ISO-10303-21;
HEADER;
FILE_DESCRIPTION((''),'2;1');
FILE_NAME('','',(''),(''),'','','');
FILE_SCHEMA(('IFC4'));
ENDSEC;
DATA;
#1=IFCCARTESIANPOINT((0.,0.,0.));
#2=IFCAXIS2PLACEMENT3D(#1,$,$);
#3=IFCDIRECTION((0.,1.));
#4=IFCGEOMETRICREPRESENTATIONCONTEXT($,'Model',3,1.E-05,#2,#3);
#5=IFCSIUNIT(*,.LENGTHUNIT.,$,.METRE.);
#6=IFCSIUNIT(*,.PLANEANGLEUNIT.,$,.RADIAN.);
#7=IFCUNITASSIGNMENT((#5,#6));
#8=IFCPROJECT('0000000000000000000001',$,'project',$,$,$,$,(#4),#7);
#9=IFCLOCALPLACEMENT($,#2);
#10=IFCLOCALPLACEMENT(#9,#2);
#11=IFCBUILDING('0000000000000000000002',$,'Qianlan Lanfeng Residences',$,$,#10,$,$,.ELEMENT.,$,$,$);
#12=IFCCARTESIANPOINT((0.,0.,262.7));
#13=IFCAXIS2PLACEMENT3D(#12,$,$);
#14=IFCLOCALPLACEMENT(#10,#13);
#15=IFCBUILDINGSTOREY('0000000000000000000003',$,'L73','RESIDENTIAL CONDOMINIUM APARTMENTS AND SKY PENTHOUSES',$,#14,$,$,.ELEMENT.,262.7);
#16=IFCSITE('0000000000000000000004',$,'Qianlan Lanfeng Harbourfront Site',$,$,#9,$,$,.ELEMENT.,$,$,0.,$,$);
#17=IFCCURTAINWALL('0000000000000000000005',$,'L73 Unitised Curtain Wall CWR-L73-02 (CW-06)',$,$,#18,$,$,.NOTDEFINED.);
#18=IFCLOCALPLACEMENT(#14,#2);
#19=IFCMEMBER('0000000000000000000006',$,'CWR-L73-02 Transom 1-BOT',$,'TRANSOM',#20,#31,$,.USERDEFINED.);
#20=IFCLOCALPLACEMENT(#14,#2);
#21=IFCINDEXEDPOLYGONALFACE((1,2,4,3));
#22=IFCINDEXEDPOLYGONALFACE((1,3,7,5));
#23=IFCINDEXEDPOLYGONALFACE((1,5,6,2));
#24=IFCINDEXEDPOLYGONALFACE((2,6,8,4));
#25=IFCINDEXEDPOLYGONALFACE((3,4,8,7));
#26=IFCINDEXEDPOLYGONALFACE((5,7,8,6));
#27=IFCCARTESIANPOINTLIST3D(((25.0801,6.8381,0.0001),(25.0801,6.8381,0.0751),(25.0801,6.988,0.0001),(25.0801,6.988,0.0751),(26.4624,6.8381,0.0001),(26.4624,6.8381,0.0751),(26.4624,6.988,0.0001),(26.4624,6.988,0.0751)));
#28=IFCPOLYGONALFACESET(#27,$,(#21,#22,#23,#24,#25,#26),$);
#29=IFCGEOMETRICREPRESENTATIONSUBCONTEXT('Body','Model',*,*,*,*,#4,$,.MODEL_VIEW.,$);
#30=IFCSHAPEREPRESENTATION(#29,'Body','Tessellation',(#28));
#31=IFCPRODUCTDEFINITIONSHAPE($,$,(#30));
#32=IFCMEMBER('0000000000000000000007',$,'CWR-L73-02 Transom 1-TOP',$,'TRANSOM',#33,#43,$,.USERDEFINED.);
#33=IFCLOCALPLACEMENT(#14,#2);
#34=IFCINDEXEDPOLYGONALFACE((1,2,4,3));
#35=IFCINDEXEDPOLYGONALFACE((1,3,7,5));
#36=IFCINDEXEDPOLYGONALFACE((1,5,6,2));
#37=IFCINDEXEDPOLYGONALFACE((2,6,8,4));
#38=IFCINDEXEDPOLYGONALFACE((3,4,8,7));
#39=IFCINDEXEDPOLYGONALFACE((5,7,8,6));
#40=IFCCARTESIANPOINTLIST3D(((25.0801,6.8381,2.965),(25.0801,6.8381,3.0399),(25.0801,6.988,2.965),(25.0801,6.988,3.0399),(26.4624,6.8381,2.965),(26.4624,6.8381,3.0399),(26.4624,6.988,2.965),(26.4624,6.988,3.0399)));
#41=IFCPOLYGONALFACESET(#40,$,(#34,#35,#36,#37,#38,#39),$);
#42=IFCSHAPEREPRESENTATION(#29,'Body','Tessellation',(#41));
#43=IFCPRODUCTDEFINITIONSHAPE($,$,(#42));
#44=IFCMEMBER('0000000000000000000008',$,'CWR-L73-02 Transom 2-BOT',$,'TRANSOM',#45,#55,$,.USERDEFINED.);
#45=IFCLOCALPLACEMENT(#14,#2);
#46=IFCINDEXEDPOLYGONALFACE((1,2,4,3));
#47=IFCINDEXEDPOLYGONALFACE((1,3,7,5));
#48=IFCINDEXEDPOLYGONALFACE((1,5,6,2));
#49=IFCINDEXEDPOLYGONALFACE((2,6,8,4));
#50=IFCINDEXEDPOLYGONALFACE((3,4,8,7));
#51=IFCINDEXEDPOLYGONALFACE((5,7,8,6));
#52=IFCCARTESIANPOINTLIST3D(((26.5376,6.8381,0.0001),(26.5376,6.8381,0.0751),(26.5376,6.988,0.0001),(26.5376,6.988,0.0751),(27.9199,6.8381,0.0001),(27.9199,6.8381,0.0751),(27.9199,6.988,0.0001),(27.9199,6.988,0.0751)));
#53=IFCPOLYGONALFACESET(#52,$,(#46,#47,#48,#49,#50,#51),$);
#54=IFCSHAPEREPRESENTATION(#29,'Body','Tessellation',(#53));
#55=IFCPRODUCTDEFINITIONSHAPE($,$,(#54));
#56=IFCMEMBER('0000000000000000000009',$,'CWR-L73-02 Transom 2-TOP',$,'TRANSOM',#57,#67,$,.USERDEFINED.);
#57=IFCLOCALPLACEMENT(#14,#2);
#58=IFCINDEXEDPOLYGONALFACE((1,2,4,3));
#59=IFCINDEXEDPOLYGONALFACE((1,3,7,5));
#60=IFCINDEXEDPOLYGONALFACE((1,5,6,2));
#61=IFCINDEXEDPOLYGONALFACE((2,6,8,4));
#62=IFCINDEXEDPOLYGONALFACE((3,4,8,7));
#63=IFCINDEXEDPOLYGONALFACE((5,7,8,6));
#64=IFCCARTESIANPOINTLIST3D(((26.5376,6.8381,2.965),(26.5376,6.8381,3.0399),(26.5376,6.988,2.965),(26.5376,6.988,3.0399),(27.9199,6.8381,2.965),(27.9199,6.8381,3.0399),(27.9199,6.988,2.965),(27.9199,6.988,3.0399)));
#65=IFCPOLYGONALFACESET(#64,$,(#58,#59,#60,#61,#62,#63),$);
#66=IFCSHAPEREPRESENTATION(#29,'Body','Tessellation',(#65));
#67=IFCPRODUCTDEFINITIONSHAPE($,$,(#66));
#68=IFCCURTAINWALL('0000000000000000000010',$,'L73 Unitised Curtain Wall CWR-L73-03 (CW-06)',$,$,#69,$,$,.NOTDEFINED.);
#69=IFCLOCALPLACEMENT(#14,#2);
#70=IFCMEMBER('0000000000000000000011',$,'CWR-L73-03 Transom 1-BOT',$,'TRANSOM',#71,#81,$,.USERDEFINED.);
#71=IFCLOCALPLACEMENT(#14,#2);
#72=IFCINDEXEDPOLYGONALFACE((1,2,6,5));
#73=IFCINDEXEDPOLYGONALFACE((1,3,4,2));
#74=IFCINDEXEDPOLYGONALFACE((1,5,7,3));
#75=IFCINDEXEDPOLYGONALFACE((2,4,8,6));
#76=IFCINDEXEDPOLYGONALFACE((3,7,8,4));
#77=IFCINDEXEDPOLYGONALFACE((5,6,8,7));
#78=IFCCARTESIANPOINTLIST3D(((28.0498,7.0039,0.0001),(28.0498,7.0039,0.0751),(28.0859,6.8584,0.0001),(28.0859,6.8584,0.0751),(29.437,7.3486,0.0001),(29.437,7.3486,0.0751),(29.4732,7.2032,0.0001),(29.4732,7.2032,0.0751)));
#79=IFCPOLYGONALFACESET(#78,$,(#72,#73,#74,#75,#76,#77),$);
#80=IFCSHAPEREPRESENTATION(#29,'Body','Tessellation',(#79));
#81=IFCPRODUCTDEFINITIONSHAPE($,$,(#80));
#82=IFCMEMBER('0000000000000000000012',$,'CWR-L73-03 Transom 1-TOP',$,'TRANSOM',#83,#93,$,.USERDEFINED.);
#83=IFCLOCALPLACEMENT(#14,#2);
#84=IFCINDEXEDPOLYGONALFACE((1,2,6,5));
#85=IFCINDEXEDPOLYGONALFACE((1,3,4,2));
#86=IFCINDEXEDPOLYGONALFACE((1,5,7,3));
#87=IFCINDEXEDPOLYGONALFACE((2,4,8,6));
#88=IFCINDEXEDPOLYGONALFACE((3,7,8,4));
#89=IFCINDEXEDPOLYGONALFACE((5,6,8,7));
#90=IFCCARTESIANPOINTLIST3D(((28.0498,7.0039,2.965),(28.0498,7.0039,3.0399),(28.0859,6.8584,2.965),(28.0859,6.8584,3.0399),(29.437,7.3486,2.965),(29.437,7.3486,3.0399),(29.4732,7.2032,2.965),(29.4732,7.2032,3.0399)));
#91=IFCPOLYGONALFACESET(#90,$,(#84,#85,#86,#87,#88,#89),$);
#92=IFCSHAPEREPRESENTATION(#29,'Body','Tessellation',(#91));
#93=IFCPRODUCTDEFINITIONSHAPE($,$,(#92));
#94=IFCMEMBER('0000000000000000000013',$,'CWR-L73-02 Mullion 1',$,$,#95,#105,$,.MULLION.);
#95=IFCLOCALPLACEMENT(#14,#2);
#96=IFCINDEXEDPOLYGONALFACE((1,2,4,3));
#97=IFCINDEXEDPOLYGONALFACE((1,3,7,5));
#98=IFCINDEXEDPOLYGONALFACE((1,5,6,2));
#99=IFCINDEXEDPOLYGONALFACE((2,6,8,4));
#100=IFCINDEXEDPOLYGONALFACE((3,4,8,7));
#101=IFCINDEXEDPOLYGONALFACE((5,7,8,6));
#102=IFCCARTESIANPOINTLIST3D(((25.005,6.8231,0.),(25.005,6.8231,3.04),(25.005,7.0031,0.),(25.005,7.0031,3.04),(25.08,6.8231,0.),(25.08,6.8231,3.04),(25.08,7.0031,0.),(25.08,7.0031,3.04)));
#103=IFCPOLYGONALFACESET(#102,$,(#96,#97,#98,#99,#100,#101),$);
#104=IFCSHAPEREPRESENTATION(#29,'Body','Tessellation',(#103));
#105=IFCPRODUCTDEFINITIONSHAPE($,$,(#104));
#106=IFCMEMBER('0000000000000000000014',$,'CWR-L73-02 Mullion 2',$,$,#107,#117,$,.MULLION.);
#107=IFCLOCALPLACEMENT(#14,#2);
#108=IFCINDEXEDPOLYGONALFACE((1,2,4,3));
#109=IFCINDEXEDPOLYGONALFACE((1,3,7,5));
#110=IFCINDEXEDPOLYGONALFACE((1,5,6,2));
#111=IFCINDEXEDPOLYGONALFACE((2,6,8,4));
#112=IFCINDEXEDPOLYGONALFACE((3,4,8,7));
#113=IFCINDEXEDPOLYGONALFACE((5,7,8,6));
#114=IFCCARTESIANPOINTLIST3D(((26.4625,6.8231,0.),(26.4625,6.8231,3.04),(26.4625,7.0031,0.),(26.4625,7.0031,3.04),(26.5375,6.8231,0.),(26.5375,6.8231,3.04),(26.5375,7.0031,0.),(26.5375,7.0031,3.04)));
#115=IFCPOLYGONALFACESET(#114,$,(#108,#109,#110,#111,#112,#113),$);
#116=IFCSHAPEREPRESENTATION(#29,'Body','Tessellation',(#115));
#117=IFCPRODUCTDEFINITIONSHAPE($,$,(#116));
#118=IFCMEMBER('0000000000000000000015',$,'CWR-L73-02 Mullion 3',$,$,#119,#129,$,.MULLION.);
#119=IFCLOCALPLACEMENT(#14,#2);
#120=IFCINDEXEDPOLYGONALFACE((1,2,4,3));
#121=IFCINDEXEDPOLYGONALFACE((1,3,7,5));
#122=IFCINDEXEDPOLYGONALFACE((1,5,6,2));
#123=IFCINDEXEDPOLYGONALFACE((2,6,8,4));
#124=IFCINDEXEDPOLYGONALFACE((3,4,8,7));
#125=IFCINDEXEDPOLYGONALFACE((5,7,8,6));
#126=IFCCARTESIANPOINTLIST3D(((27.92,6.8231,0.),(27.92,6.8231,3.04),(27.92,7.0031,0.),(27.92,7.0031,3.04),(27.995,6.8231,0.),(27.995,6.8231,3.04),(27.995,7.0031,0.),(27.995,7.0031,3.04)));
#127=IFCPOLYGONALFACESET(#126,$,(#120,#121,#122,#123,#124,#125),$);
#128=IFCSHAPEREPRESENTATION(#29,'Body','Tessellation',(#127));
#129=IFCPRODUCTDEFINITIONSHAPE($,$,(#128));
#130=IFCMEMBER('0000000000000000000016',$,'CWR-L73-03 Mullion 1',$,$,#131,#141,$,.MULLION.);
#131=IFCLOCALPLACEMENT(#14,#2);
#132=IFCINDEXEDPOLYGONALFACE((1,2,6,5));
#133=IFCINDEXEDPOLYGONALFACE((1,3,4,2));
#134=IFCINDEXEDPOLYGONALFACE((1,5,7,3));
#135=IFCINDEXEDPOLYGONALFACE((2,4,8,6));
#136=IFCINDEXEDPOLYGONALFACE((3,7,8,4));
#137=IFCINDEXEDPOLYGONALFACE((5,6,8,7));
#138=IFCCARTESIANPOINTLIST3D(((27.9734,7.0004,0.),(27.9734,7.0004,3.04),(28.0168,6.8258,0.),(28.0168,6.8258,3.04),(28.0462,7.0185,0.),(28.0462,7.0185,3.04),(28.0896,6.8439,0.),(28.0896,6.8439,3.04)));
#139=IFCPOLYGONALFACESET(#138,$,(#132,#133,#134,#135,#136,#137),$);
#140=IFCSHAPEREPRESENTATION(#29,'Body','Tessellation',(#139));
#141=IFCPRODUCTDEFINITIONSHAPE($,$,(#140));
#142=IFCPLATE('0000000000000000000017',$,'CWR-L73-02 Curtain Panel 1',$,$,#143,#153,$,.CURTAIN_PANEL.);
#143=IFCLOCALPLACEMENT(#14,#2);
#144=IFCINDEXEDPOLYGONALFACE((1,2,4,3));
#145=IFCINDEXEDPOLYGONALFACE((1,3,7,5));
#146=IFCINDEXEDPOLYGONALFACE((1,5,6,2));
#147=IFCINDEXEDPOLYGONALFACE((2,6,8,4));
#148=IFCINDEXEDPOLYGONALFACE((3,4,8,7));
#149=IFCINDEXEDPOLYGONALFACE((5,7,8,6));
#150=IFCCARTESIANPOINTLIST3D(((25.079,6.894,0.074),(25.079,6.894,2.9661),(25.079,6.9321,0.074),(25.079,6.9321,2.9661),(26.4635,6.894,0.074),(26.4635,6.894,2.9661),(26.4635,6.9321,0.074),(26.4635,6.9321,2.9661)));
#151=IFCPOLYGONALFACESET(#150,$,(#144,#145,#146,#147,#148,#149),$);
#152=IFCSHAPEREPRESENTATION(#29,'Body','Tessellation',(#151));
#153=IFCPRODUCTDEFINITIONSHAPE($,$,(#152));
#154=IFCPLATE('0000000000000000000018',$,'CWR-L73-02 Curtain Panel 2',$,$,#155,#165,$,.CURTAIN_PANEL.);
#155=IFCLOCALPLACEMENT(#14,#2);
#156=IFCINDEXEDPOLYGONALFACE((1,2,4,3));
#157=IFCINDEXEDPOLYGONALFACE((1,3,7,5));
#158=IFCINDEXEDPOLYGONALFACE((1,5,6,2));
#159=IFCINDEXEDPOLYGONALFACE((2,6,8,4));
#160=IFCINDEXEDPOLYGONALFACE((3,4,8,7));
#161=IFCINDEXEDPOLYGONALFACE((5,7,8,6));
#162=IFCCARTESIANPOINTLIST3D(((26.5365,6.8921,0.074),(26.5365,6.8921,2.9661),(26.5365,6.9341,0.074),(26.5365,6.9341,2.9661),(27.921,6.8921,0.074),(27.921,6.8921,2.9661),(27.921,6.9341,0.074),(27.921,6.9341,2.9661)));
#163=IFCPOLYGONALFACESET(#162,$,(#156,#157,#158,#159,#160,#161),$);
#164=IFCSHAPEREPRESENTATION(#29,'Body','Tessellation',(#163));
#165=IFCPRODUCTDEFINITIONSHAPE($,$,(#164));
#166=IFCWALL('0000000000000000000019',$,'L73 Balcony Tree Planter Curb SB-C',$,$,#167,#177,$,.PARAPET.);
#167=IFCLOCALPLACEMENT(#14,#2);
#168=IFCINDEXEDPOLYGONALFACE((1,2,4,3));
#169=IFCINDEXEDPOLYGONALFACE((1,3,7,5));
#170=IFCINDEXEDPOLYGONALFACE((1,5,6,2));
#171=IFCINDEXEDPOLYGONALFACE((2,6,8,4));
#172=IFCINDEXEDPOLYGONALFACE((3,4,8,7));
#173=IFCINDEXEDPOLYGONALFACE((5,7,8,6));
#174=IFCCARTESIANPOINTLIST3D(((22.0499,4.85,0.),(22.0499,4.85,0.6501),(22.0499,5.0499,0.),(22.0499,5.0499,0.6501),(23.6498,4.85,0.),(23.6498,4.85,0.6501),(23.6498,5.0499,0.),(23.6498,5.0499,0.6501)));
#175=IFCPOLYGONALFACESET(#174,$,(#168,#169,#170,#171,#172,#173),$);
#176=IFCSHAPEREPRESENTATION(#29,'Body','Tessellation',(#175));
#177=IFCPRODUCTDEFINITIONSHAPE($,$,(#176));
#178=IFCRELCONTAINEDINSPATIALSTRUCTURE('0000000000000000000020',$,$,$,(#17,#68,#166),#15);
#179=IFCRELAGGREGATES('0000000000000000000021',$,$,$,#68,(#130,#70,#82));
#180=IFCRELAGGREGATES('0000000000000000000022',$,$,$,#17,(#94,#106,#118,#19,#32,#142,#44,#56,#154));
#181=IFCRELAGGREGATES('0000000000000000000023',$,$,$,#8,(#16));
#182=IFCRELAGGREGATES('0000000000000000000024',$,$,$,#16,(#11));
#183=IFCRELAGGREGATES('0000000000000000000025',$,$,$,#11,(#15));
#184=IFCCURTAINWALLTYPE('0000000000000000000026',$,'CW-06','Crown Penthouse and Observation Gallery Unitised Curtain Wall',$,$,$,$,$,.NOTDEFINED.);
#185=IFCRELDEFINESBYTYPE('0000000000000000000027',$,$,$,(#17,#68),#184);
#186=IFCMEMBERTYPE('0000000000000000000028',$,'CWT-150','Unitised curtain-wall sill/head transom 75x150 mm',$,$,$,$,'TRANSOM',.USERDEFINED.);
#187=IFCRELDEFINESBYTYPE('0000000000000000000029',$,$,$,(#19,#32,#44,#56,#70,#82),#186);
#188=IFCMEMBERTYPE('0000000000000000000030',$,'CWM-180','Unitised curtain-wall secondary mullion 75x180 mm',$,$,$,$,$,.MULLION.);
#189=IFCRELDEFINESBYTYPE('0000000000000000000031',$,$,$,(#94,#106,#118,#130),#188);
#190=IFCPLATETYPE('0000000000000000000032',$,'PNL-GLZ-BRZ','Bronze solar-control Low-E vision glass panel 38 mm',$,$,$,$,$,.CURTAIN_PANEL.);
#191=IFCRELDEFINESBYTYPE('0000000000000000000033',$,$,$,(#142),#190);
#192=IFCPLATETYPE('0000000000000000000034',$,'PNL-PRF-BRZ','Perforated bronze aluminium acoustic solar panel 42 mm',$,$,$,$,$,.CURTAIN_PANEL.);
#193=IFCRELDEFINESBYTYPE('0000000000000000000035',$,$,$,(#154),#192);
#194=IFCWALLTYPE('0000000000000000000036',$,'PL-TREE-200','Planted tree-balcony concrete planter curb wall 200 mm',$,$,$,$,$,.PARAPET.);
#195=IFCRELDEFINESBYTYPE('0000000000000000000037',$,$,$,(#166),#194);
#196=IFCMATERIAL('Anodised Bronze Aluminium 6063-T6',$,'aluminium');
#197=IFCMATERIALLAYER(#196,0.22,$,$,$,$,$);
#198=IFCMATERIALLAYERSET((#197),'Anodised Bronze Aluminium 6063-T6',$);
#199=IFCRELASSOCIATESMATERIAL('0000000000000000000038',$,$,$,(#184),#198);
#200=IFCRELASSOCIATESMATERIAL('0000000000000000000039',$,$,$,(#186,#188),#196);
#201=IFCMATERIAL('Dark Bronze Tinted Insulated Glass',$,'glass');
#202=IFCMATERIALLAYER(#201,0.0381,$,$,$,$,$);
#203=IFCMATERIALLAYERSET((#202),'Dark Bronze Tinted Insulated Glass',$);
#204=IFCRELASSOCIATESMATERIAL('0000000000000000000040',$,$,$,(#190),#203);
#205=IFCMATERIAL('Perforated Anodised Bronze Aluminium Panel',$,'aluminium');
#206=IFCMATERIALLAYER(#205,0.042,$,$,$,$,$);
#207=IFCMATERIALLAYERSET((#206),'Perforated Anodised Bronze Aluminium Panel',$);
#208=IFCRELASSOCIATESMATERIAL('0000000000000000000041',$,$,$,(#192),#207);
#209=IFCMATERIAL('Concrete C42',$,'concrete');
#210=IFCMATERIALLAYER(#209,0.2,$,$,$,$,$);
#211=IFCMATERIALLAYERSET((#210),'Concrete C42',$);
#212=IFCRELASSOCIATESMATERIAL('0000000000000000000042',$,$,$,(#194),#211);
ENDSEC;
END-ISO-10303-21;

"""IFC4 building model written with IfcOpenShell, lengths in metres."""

from ifc_helpers import new_model, si_unit, direction, frame, frame_2d, origin, origin_2d, place, context, subcontext, project, spatial, rectangle, extrude, source, transform, mapped, material, layer, layer_set, material_profile, profile_set, type_object, element, aggregate, save


model = new_model("IFC4")

# Units and contexts
model_context = context("Model", 3, precision=1e-05, world=origin(), true_north=direction((0.0, 1.0)))
body_context = subcontext(model_context, "Body", "Model", "MODEL_VIEW")
ifc_project = project(units=[si_unit("LENGTHUNIT", "METRE"), si_unit("PLANEANGLEUNIT", "RADIAN")], contexts=[model_context])

# Site, building, storey
site_placement = place(None, origin())
site = spatial("IfcSite", under=ifc_project, at=site_placement, Name="Qianlan Lanfeng Harbourfront Site", CompositionType="ELEMENT", RefElevation=0.0)
building_placement = place(site_placement, origin())
building = spatial("IfcBuilding", under=site, at=building_placement, Name="Qianlan Lanfeng Residences", CompositionType="ELEMENT")
storey_placement = place(building_placement, frame((0.0, 0.0, 262.7)))
storey = spatial("IfcBuildingStorey", under=building, at=storey_placement, Name="L73", Description="RESIDENTIAL CONDOMINIUM APARTMENTS AND SKY PENTHOUSES", CompositionType="ELEMENT", Elevation=262.7)

# Curtain walls, members
ifc_material_1 = material(Name="Anodised Bronze Aluminium 6063-T6", Category="aluminium")
ifc_layer_1 = layer(ifc_material_1, 0.22)
ifc_layer_set_1 = layer_set([ifc_layer_1], Name="Anodised Bronze Aluminium 6063-T6")
curtain_wall_type = type_object("IfcCurtainWallType", Name="CW-06", Description="Crown Penthouse and Observation Gallery Unitised Curtain Wall", PredefinedType="NOTDEFINED", material=ifc_layer_set_1)
curtain_wall_1_placement = place(storey_placement, origin())
curtain_wall_1 = element("IfcCurtainWall", 1, at=curtain_wall_1_placement, inside=storey, type_object=curtain_wall_type, Name="L73 Unitised Curtain Wall CWR-L73-02 (CW-06)", PredefinedType="NOTDEFINED")
ifc_material_profile_1 = material_profile(ifc_material_1, rectangle(XDim=0.075, YDim=0.1499, at=origin_2d()), Name="ALU TRANSOM 75x150")
ifc_profile_set_1 = profile_set([ifc_material_profile_1], Name="Anodised Bronze Aluminium 6063-T6")
member_type_1 = type_object("IfcMemberType", Name="CWT-150", Description="Unitised curtain-wall sill/head transom 75x150 mm", ElementType="TRANSOM", PredefinedType="USERDEFINED", material=ifc_profile_set_1)
shared_shape_1 = source(origin(), body_context, "Body", "SweptSolid", [
    extrude(rectangle(XDim=0.075, YDim=0.1499, at=origin_2d()), origin(), (0.0, 0.0, 1.0), 1.3823),
])
member_1_placement = place(storey_placement, frame((25.0801, 6.9131, 0.0376), z_axis=(1.0, 0.0, 0.0), x_axis=(0.0, 0.0, 1.0)))
member_1 = element("IfcMember", 2, at=member_1_placement, type_object=member_type_1, Name="CWR-L73-02 Transom 1-BOT", ObjectType="TRANSOM", PredefinedType="USERDEFINED", context=body_context, shape_type="MappedRepresentation", body=[
    mapped(shared_shape_1, transform((0.0, 0.0, 0.0), scale=1.0)),
])
member_2_placement = place(storey_placement, frame((25.0801, 6.9131, 3.0024), z_axis=(1.0, 0.0, 0.0), x_axis=(0.0, 0.0, 1.0)))
member_2 = element("IfcMember", 3, at=member_2_placement, type_object=member_type_1, Name="CWR-L73-02 Transom 1-TOP", ObjectType="TRANSOM", PredefinedType="USERDEFINED", context=body_context, shape_type="MappedRepresentation", body=[
    mapped(shared_shape_1, transform((0.0, 0.0, 0.0), scale=1.0)),
])
member_3_placement = place(storey_placement, frame((26.5376, 6.9131, 0.0376), z_axis=(1.0, 0.0, 0.0), x_axis=(0.0, 0.0, 1.0)))
member_3 = element("IfcMember", 4, at=member_3_placement, type_object=member_type_1, Name="CWR-L73-02 Transom 2-BOT", ObjectType="TRANSOM", PredefinedType="USERDEFINED", context=body_context, shape_type="MappedRepresentation", body=[
    mapped(shared_shape_1, transform((0.0, 0.0, 0.0), scale=1.0)),
])
member_4_placement = place(storey_placement, frame((26.5376, 6.9131, 3.0024), z_axis=(1.0, 0.0, 0.0), x_axis=(0.0, 0.0, 1.0)))
member_4 = element("IfcMember", 5, at=member_4_placement, type_object=member_type_1, Name="CWR-L73-02 Transom 2-TOP", ObjectType="TRANSOM", PredefinedType="USERDEFINED", context=body_context, shape_type="MappedRepresentation", body=[
    mapped(shared_shape_1, transform((0.0, 0.0, 0.0), scale=1.0)),
])
curtain_wall_2_placement = place(storey_placement, origin())
curtain_wall_2 = element("IfcCurtainWall", 6, at=curtain_wall_2_placement, inside=storey, type_object=curtain_wall_type, Name="L73 Unitised Curtain Wall CWR-L73-03 (CW-06)", PredefinedType="NOTDEFINED")
shared_shape_2 = source(origin(), body_context, "Body", "SweptSolid", [
    extrude(rectangle(XDim=0.075, YDim=0.1499, at=origin_2d()), origin(), (0.0, 0.0, 1.0), 1.4294),
])
member_5_placement = place(storey_placement, frame((28.0679, 6.9312, 0.0376), z_axis=(0.970483, 0.241169, 0.0), x_axis=(0.0, 0.0, 1.0)))
member_5 = element("IfcMember", 7, at=member_5_placement, type_object=member_type_1, Name="CWR-L73-03 Transom 1-BOT", ObjectType="TRANSOM", PredefinedType="USERDEFINED", context=body_context, shape_type="MappedRepresentation", body=[
    mapped(shared_shape_2, transform((0.0, 0.0, 0.0), scale=1.0)),
])
member_6_placement = place(storey_placement, frame((28.0679, 6.9312, 3.0024), z_axis=(0.970483, 0.241169, 0.0), x_axis=(0.0, 0.0, 1.0)))
member_6 = element("IfcMember", 8, at=member_6_placement, type_object=member_type_1, Name="CWR-L73-03 Transom 1-TOP", ObjectType="TRANSOM", PredefinedType="USERDEFINED", context=body_context, shape_type="MappedRepresentation", body=[
    mapped(shared_shape_2, transform((0.0, 0.0, 0.0), scale=1.0)),
])

# Members
ifc_material_profile_2 = material_profile(ifc_material_1, rectangle(XDim=0.075, YDim=0.1799, at=origin_2d()), Name="ALU MULLION 75x180")
ifc_profile_set_2 = profile_set([ifc_material_profile_2], Name="Anodised Bronze Aluminium 6063-T6")
member_type_2 = type_object("IfcMemberType", Name="CWM-180", Description="Unitised curtain-wall secondary mullion 75x180 mm", PredefinedType="MULLION", material=ifc_profile_set_2)
shared_shape_3 = source(origin(), body_context, "Body", "SweptSolid", [
    extrude(rectangle(XDim=0.075, YDim=0.1799, at=origin_2d()), origin(), (0.0, 0.0, 1.0), 3.04),
])
member_7_placement = place(storey_placement, frame((25.0425, 6.9131, 0.0), z_axis=(0.0, 0.0, 1.0), x_axis=(1.0, 0.0, 0.0)))
member_7 = element("IfcMember", 9, at=member_7_placement, type_object=member_type_2, Name="CWR-L73-02 Mullion 1", PredefinedType="MULLION", context=body_context, shape_type="MappedRepresentation", body=[
    mapped(shared_shape_3, transform((0.0, 0.0, 0.0), scale=1.0)),
])
member_8_placement = place(storey_placement, frame((26.5, 6.9131, 0.0), z_axis=(0.0, 0.0, 1.0), x_axis=(1.0, 0.0, 0.0)))
member_8 = element("IfcMember", 10, at=member_8_placement, type_object=member_type_2, Name="CWR-L73-02 Mullion 2", PredefinedType="MULLION", context=body_context, shape_type="MappedRepresentation", body=[
    mapped(shared_shape_3, transform((0.0, 0.0, 0.0), scale=1.0)),
])
member_9_placement = place(storey_placement, frame((27.9575, 6.9131, 0.0), z_axis=(0.0, 0.0, 1.0), x_axis=(1.0, 0.0, 0.0)))
member_9 = element("IfcMember", 11, at=member_9_placement, type_object=member_type_2, Name="CWR-L73-02 Mullion 3", PredefinedType="MULLION", context=body_context, shape_type="MappedRepresentation", body=[
    mapped(shared_shape_3, transform((0.0, 0.0, 0.0), scale=1.0)),
])
member_10_placement = place(storey_placement, frame((28.0315, 6.9221, 0.0), z_axis=(0.0, 0.0, 1.0), x_axis=(0.970466, 0.241238, 0.0)))
member_10 = element("IfcMember", 12, at=member_10_placement, type_object=member_type_2, Name="CWR-L73-03 Mullion 1", PredefinedType="MULLION", context=body_context, shape_type="MappedRepresentation", body=[
    mapped(shared_shape_3, transform((0.0, 0.0, 0.0), scale=1.0)),
])
aggregate(curtain_wall_2, [member_10, member_5, member_6])

# Plates
ifc_material_2 = material(Name="Dark Bronze Tinted Insulated Glass", Category="glass")
ifc_layer_2 = layer(ifc_material_2, 0.0381)
ifc_layer_set_2 = layer_set([ifc_layer_2], Name="Dark Bronze Tinted Insulated Glass")
plate_type_1 = type_object("IfcPlateType", Name="PNL-GLZ-BRZ", Description="Bronze solar-control Low-E vision glass panel 38 mm", PredefinedType="CURTAIN_PANEL", material=ifc_layer_set_2)
shared_shape_4 = source(origin(), body_context, "Body", "SweptSolid", [
    extrude(rectangle(XDim=1.3845, YDim=0.0381, at=origin_2d()), origin(), (0.0, 0.0, 1.0), 2.8921),
])
plate_1_placement = place(storey_placement, frame((25.7712, 6.9131, 0.074), z_axis=(0.0, 0.0, 1.0), x_axis=(1.0, 0.0, 0.0)))
plate_1 = element("IfcPlate", 13, at=plate_1_placement, type_object=plate_type_1, Name="CWR-L73-02 Curtain Panel 1", PredefinedType="CURTAIN_PANEL", context=body_context, shape_type="MappedRepresentation", body=[
    mapped(shared_shape_4, transform((0.0, 0.0, 0.0), scale=1.0)),
])
ifc_material_3 = material(Name="Perforated Anodised Bronze Aluminium Panel", Category="aluminium")
ifc_layer_3 = layer(ifc_material_3, 0.042)
ifc_layer_set_3 = layer_set([ifc_layer_3], Name="Perforated Anodised Bronze Aluminium Panel")
plate_type_2 = type_object("IfcPlateType", Name="PNL-PRF-BRZ", Description="Perforated bronze aluminium acoustic solar panel 42 mm", PredefinedType="CURTAIN_PANEL", material=ifc_layer_set_3)
shared_shape_5 = source(origin(), body_context, "Body", "SweptSolid", [
    extrude(rectangle(XDim=1.3845, YDim=0.042, at=origin_2d()), origin(), (0.0, 0.0, 1.0), 2.8921),
])
plate_2_placement = place(storey_placement, frame((27.2288, 6.9131, 0.074), z_axis=(0.0, 0.0, 1.0), x_axis=(1.0, 0.0, 0.0)))
plate_2 = element("IfcPlate", 14, at=plate_2_placement, type_object=plate_type_2, Name="CWR-L73-02 Curtain Panel 2", PredefinedType="CURTAIN_PANEL", context=body_context, shape_type="MappedRepresentation", body=[
    mapped(shared_shape_5, transform((0.0, 0.0, 0.0), scale=1.0)),
])
aggregate(curtain_wall_1, [member_7, member_8, member_9, member_1, member_2, plate_1, member_3, member_4, plate_2])

# Wall
ifc_material_4 = material(Name="Concrete C42", Category="concrete")
ifc_layer_4 = layer(ifc_material_4, 0.2)
ifc_layer_set_4 = layer_set([ifc_layer_4], Name="Concrete C42")
wall_type_1 = type_object("IfcWallType", Name="PL-TREE-200", Description="Planted tree-balcony concrete planter curb wall 200 mm", PredefinedType="PARAPET", material=ifc_layer_set_4)
wall_1_placement = place(storey_placement, frame((22.05, 4.95, 0.0), z_axis=(0.0, 0.0, 1.0), x_axis=(1.0, 0.0, 0.0)))
element("IfcWall", 15, at=wall_1_placement, inside=storey, type_object=wall_type_1, Name="L73 Balcony Tree Planter Curb SB-C", PredefinedType="PARAPET", context=body_context, shape_type="SweptSolid", body=[
    extrude(rectangle(XDim=1.5999, YDim=0.2, at=frame_2d((0.7998, 0.0))), origin(), (0.0, 0.0, 1.0), 0.6501),
])

save(model, "model.ifc")
